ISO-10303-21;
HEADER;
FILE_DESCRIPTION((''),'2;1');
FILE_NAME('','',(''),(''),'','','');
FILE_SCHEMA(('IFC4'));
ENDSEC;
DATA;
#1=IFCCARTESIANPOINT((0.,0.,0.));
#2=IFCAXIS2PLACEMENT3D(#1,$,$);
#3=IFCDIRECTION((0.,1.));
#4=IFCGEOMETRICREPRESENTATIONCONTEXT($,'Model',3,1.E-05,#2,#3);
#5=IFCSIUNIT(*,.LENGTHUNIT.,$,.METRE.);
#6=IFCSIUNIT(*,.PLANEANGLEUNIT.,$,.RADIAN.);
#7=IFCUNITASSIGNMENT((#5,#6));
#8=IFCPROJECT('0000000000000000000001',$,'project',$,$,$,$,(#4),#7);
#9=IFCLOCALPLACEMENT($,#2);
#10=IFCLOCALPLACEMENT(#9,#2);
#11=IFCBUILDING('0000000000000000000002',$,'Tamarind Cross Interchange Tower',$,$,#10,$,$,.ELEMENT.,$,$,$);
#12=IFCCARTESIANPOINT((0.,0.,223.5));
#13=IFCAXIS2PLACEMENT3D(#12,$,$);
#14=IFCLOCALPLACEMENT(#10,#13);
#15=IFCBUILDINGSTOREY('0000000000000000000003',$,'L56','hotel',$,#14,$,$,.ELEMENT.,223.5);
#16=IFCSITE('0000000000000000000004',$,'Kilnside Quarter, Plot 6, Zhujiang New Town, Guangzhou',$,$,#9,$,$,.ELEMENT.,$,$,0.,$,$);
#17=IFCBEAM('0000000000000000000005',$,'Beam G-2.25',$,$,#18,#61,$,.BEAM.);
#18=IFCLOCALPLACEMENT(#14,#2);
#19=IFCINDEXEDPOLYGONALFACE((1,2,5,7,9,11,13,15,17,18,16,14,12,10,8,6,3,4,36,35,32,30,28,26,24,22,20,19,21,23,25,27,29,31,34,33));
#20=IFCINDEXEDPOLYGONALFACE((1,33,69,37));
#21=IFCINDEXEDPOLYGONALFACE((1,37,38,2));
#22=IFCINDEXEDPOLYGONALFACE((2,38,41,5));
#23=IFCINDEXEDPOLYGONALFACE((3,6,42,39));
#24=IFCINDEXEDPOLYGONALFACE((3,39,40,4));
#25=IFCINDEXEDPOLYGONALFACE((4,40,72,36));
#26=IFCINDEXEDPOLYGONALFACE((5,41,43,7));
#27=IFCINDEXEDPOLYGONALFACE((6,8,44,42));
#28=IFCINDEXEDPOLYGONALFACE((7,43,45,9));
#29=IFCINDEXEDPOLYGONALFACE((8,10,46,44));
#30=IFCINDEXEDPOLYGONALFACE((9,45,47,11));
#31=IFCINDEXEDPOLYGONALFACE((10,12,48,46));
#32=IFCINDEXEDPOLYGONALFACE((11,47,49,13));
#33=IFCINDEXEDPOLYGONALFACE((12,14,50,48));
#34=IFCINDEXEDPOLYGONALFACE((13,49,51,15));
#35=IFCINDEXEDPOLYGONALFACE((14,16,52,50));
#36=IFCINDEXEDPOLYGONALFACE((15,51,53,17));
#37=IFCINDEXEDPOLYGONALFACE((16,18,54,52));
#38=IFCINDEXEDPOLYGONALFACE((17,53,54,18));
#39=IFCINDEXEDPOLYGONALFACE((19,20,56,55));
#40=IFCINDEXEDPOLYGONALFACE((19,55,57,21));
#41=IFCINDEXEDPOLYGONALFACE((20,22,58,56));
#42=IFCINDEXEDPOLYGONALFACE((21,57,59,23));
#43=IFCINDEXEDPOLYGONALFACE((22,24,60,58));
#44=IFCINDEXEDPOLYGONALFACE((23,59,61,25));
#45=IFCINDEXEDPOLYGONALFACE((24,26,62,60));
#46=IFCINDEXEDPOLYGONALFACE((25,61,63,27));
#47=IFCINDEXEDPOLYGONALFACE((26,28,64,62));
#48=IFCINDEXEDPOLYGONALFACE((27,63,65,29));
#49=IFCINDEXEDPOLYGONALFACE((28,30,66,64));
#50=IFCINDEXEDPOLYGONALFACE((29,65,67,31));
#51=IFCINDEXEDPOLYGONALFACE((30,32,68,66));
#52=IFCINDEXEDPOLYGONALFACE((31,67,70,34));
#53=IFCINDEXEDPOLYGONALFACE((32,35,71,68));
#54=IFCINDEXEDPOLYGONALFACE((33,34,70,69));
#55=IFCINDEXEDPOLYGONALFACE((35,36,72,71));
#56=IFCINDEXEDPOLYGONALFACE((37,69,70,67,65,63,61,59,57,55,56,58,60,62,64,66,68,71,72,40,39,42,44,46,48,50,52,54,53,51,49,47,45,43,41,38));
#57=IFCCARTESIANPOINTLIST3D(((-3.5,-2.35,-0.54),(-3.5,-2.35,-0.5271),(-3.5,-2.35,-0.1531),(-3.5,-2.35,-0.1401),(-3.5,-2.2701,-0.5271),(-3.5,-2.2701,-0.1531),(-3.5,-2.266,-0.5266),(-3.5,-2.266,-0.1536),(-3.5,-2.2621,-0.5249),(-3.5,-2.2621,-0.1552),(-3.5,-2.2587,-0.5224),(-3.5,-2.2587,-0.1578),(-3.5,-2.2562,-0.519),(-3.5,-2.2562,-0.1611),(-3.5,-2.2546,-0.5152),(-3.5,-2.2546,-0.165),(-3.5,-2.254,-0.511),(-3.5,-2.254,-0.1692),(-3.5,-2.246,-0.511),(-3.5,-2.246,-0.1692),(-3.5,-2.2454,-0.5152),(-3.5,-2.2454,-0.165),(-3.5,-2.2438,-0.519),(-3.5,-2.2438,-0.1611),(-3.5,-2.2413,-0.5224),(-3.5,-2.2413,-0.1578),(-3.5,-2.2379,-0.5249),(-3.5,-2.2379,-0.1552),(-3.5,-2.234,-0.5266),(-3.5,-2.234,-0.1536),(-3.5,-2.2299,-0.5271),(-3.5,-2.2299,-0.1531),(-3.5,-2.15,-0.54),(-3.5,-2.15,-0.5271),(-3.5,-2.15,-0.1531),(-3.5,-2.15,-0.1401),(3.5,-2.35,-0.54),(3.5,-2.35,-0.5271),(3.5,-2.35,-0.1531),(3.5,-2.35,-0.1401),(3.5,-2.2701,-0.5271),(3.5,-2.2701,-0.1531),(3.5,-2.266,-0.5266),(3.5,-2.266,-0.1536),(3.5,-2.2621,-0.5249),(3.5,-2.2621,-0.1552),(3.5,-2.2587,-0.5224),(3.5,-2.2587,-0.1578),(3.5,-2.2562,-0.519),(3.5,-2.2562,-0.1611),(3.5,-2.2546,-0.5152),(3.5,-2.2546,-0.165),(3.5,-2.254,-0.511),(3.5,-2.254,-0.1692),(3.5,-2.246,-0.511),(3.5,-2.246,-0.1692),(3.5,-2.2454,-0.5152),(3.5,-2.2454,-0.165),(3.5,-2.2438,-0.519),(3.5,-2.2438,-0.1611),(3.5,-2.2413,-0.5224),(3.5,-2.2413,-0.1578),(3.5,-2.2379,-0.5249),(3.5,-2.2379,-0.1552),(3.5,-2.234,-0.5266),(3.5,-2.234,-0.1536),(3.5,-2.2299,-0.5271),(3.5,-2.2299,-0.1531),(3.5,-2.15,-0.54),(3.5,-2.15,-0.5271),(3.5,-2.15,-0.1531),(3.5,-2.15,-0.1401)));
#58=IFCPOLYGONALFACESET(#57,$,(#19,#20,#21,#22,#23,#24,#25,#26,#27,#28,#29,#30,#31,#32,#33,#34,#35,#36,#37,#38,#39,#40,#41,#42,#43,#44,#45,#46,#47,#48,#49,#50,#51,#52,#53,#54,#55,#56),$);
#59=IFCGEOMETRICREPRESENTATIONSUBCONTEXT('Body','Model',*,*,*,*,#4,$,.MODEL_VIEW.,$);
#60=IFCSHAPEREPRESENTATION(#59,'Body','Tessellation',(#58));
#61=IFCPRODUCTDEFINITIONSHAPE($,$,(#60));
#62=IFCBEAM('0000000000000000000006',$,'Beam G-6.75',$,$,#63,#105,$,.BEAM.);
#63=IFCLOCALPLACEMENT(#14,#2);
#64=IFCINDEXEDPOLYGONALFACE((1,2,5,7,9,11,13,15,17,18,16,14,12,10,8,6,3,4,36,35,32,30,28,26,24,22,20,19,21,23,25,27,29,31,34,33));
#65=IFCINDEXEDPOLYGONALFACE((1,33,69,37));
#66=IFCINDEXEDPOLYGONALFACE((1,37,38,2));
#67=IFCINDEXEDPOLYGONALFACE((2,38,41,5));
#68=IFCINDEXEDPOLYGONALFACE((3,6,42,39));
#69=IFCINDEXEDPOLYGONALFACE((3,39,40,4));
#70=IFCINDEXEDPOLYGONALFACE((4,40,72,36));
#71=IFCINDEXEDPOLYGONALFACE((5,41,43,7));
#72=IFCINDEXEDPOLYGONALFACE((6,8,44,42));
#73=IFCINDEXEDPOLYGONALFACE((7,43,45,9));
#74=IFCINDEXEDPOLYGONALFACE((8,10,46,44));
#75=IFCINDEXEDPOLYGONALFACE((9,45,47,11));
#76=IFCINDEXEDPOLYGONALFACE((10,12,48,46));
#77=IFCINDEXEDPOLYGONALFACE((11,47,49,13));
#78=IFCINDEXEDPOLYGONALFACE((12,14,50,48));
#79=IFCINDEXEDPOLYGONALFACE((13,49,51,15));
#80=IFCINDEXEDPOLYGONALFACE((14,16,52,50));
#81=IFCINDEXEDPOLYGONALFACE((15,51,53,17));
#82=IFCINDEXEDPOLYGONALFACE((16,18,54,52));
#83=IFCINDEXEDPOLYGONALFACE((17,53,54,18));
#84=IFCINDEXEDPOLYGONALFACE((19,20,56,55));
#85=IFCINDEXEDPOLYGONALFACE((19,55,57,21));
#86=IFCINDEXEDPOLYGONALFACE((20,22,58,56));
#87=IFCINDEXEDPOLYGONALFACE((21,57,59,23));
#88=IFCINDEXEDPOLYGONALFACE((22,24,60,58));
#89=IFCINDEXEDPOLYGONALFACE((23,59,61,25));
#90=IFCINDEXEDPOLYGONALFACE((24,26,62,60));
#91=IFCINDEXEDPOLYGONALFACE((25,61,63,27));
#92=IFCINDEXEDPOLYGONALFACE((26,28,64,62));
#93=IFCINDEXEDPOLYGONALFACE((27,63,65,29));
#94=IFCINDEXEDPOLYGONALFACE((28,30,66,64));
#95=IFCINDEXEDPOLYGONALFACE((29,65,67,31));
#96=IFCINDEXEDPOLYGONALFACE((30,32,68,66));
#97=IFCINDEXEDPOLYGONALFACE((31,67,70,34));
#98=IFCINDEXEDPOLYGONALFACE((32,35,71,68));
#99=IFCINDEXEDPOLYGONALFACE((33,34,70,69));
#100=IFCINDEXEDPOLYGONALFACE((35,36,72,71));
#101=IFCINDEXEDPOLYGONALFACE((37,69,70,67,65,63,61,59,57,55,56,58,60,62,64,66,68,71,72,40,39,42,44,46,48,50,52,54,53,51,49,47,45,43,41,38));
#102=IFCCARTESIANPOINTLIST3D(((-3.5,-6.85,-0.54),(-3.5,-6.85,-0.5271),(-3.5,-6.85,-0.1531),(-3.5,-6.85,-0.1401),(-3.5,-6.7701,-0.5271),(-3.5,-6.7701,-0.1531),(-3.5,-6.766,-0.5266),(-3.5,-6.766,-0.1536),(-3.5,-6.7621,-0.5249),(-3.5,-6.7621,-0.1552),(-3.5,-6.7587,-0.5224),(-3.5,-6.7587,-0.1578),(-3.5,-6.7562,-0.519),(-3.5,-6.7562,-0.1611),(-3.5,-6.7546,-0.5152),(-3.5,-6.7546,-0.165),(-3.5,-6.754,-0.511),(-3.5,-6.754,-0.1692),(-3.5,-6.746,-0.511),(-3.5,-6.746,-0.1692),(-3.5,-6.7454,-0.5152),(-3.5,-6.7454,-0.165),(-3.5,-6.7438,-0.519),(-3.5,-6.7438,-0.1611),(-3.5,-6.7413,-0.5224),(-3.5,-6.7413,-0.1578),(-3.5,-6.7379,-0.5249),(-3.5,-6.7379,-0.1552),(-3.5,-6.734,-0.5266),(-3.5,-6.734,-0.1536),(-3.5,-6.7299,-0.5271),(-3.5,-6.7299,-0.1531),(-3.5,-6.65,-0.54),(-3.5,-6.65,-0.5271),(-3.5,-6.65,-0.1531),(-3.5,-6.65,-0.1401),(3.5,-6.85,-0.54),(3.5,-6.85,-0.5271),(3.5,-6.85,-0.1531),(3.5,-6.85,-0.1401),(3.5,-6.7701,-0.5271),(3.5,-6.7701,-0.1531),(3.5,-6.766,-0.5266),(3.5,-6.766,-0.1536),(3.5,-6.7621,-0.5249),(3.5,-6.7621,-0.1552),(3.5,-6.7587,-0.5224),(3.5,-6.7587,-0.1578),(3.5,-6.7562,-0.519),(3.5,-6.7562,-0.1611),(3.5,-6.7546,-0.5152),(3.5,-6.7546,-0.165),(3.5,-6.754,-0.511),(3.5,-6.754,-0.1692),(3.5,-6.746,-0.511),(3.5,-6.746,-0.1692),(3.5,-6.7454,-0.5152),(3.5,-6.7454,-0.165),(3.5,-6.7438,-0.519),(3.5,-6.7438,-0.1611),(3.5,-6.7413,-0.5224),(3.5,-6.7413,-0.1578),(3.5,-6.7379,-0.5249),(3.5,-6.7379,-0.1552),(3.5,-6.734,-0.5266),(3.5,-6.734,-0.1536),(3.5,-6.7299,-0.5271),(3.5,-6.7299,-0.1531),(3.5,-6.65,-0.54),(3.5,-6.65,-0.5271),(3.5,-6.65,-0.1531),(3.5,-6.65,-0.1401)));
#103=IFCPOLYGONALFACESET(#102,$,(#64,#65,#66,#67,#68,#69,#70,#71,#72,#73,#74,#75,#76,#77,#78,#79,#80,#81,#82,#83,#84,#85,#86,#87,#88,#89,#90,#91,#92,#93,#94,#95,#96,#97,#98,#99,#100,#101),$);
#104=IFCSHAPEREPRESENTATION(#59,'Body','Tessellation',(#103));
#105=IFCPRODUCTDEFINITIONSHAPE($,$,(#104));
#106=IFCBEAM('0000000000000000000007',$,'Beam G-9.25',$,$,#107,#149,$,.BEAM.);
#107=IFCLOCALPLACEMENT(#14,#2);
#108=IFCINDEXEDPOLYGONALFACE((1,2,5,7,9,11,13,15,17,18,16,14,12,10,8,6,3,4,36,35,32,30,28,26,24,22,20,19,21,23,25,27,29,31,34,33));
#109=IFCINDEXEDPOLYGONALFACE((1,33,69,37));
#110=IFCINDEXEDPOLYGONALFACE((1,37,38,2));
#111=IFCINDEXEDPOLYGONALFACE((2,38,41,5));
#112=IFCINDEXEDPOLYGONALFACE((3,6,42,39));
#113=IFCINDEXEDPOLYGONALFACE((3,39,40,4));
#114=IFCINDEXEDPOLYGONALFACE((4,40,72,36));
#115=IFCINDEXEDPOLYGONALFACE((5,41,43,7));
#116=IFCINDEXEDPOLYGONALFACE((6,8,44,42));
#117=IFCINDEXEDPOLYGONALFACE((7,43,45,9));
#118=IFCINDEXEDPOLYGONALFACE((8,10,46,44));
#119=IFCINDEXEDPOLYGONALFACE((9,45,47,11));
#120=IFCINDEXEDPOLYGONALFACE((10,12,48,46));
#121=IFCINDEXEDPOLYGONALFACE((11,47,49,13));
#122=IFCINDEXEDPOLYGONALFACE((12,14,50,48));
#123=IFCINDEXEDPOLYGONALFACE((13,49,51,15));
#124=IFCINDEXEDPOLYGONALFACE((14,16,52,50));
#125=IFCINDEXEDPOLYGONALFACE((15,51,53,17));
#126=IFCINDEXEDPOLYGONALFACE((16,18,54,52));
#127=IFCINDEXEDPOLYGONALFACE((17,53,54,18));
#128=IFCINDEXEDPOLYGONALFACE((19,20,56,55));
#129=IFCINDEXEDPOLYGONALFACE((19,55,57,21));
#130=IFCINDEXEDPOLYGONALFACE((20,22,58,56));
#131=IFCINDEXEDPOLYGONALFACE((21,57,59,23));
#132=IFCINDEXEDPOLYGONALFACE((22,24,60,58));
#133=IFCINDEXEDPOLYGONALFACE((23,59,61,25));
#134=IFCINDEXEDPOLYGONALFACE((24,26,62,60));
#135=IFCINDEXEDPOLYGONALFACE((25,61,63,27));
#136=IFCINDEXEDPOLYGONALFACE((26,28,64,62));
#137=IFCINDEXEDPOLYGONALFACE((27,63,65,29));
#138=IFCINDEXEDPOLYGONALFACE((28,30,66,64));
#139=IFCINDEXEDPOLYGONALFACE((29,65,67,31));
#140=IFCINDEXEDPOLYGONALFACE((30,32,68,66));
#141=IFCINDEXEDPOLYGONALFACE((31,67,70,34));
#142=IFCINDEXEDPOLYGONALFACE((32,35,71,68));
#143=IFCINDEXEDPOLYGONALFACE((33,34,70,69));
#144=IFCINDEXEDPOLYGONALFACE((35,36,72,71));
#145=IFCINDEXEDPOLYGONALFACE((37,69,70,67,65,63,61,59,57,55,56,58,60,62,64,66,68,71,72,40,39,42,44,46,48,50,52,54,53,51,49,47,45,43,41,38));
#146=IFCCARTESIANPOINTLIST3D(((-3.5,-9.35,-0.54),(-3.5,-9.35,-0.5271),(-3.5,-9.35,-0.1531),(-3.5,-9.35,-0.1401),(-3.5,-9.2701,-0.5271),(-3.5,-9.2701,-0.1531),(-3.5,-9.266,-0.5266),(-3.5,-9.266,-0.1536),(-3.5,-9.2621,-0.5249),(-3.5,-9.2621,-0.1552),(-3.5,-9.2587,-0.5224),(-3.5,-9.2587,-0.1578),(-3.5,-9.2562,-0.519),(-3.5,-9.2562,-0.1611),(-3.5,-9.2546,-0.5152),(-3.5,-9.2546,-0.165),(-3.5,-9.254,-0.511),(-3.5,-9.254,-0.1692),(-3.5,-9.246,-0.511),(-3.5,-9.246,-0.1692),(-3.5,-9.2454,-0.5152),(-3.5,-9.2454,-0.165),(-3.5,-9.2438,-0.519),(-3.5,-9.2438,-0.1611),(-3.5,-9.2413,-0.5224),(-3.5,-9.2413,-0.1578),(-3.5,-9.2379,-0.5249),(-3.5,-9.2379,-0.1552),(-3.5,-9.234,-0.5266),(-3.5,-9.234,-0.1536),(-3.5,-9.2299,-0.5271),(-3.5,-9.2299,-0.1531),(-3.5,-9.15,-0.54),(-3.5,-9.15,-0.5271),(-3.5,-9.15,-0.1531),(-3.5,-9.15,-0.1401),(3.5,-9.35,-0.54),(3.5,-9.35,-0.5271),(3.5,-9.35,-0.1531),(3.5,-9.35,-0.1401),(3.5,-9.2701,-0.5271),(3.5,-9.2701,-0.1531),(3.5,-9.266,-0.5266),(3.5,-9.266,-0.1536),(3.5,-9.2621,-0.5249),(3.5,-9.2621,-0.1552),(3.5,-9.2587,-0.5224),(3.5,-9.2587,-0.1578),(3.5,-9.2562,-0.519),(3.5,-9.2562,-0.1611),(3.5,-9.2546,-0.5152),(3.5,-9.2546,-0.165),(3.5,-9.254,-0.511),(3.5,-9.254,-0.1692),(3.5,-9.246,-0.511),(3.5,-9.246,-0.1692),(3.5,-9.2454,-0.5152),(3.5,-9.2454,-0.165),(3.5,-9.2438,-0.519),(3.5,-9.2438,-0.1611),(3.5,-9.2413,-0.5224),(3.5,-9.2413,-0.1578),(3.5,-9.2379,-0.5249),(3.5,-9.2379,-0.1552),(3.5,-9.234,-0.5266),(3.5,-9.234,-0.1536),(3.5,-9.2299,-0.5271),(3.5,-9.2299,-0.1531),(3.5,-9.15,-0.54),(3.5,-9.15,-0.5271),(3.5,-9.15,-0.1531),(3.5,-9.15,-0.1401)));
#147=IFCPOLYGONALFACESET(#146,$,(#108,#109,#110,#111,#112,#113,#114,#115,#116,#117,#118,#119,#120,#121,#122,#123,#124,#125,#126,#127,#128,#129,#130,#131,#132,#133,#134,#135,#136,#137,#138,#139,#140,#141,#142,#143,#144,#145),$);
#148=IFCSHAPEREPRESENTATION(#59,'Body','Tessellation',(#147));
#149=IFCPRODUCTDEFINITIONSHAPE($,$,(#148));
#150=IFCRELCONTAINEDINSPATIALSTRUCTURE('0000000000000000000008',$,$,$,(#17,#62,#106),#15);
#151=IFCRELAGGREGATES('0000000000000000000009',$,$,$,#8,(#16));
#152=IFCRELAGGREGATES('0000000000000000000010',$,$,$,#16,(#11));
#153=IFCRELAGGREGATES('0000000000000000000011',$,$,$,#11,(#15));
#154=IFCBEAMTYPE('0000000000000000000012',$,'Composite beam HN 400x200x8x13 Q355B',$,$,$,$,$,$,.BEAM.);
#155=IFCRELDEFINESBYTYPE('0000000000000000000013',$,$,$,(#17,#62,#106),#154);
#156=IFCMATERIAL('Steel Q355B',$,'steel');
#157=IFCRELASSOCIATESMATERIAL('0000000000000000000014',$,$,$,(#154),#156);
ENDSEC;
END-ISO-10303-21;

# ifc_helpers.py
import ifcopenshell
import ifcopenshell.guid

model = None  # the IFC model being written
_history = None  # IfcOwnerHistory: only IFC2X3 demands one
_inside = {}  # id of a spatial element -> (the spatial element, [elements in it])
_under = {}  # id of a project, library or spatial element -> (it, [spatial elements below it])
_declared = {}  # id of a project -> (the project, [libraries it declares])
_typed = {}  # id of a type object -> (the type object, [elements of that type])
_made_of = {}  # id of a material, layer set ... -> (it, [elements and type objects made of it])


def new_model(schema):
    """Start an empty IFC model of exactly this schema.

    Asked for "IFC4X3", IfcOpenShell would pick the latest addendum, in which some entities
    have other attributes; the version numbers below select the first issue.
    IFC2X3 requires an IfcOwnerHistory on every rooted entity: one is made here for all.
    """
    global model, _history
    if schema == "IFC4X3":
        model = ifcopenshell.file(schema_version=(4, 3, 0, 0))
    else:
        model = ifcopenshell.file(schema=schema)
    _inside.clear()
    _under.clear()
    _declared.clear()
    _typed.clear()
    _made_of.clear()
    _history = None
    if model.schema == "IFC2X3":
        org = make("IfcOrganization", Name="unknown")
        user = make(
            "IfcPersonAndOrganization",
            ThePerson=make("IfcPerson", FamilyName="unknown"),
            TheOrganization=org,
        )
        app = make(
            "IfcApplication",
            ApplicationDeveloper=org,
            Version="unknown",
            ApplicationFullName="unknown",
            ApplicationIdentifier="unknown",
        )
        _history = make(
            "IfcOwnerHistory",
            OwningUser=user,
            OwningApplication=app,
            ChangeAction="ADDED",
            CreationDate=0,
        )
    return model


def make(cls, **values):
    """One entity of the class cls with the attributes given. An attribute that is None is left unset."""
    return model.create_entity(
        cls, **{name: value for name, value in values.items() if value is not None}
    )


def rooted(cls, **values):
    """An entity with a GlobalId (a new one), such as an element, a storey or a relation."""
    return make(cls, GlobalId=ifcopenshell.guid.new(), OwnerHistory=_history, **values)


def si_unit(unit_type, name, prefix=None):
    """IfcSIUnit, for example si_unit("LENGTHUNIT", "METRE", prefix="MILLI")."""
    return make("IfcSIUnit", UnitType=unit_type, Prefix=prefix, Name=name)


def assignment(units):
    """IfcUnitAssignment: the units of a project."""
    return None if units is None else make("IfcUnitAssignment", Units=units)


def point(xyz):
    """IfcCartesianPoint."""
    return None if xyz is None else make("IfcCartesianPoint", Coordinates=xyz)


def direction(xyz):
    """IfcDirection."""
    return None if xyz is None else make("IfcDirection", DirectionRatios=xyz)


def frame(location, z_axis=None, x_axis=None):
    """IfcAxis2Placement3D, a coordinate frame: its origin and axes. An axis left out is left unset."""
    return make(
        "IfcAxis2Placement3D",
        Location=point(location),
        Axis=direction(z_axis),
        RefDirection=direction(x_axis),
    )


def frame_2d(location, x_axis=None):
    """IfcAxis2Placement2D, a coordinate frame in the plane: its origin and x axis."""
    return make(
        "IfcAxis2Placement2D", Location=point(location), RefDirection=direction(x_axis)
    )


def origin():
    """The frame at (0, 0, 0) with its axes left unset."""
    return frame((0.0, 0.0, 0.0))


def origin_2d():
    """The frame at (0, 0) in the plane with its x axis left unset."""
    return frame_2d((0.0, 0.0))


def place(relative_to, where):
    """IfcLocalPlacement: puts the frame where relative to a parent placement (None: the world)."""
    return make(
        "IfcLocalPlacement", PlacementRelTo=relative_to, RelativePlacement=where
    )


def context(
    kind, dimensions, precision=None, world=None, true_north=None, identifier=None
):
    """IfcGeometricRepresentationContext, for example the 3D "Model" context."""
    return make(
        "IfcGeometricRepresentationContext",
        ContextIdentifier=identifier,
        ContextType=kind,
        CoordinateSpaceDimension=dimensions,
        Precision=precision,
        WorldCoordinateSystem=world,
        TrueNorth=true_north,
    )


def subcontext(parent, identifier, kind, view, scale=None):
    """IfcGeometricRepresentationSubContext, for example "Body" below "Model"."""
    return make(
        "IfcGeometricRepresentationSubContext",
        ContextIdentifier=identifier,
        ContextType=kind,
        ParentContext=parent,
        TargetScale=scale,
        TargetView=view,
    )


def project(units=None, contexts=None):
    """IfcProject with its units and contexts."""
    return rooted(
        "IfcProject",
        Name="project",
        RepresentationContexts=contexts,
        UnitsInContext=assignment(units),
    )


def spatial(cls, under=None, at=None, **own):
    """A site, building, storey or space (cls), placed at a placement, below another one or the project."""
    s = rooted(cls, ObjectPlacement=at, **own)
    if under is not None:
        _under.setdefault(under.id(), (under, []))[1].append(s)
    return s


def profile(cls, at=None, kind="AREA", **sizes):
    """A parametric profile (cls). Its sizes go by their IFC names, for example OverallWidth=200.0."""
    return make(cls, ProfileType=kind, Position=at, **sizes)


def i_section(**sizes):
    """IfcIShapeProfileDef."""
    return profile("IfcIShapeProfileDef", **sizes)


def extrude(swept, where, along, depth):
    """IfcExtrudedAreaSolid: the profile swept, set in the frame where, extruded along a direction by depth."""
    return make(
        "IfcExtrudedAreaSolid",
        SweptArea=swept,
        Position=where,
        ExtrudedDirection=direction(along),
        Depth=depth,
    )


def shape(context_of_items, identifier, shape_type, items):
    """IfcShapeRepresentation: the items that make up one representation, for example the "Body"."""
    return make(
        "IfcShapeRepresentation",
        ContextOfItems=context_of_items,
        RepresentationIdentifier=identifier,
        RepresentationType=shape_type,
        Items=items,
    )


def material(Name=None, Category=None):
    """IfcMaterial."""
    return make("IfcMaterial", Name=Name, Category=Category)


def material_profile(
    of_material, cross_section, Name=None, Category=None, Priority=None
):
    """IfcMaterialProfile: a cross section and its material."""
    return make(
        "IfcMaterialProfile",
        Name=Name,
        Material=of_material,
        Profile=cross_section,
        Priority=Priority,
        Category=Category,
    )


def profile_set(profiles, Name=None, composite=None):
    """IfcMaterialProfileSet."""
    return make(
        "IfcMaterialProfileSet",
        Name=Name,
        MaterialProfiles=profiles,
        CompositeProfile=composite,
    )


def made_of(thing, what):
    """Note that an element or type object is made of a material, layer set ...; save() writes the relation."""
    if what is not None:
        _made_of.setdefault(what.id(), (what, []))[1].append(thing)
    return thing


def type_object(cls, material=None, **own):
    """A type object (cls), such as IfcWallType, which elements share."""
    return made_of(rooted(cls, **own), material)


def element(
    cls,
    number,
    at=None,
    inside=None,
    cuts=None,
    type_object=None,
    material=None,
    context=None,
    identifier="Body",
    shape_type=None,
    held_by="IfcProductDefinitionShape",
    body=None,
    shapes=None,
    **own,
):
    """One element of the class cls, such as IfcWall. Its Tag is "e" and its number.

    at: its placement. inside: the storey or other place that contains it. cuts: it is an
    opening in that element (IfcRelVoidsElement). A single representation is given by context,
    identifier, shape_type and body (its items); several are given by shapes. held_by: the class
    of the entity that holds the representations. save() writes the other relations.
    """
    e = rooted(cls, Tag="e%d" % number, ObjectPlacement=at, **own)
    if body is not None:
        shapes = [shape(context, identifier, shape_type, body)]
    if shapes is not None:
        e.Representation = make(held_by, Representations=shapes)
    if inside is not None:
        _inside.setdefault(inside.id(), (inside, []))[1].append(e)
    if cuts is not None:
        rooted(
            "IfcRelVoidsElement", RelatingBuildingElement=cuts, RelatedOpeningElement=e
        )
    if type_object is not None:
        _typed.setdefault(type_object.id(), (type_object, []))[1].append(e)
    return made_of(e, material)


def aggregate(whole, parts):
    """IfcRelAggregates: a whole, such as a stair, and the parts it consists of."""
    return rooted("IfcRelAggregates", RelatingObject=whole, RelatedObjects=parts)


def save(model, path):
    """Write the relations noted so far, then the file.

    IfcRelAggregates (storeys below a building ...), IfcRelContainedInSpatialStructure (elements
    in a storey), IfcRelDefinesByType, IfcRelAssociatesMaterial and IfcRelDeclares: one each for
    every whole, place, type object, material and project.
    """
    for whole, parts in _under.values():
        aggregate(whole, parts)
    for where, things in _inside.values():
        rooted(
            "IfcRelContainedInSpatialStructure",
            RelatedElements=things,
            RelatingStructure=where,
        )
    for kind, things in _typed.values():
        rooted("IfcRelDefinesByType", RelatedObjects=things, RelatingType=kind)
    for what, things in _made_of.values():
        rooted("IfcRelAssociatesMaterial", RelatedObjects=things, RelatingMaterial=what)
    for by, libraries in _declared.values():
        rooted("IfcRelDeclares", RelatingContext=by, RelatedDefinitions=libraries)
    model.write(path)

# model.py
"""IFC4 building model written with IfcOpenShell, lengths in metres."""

from ifc_helpers import new_model, si_unit, direction, frame, origin, origin_2d, place, context, subcontext, project, spatial, i_section, extrude, material, material_profile, profile_set, type_object, element, save


model = new_model("IFC4")

# Units and contexts
model_context = context("Model", 3, precision=1e-05, world=origin(), true_north=direction((0.0, 1.0)))
body_context = subcontext(model_context, "Body", "Model", "MODEL_VIEW")
ifc_project = project(units=[si_unit("LENGTHUNIT", "METRE"), si_unit("PLANEANGLEUNIT", "RADIAN")], contexts=[model_context])

# Site, building, storey
site_placement = place(None, origin())
site = spatial("IfcSite", under=ifc_project, at=site_placement, Name="Kilnside Quarter, Plot 6, Zhujiang New Town, Guangzhou", CompositionType="ELEMENT", RefElevation=0.0)
building_placement = place(site_placement, origin())
building = spatial("IfcBuilding", under=site, at=building_placement, Name="Tamarind Cross Interchange Tower", CompositionType="ELEMENT")
storey_placement = place(building_placement, frame((0.0, 0.0, 223.5)))
storey = spatial("IfcBuildingStorey", under=building, at=storey_placement, Name="L56", Description="hotel", CompositionType="ELEMENT", Elevation=223.5)

# Beams
ifc_material_1 = material(Name="Steel Q355B", Category="steel")
ifc_material_profile = material_profile(ifc_material_1, i_section(OverallWidth=0.2, OverallDepth=0.3999, WebThickness=0.0081, FlangeThickness=0.0129, FilletRadius=0.0161, at=origin_2d()), Name="HN 400x200x8x13")
ifc_profile_set = profile_set([ifc_material_profile], Name="Steel Q355B")
beam_type = type_object("IfcBeamType", Name="Composite beam HN 400x200x8x13 Q355B", PredefinedType="BEAM", material=ifc_profile_set)
for number, where, z_axis, x_axis, name in (
    (1, (-3.5, -2.25, -0.3401), (1.0, 0.0, 0.0), (0.0, 1.0, 0.0), "Beam G-2.25"),
    (2, (-3.5, -6.75, -0.3401), (1.0, 0.0, 0.0), (0.0, 1.0, 0.0), "Beam G-6.75"),
    (3, (-3.5, -9.25, -0.3401), (1.0, 0.0, 0.0), (0.0, 1.0, 0.0), "Beam G-9.25"),
):
    element("IfcBeam", number, at=place(storey_placement, frame(where, z_axis=z_axis, x_axis=x_axis)), inside=storey, type_object=beam_type, Name=name, PredefinedType="BEAM", context=body_context, shape_type="SweptSolid", body=[
        extrude(i_section(OverallWidth=0.2, OverallDepth=0.3999, WebThickness=0.0081, FlangeThickness=0.0129, FilletRadius=0.0161, at=origin_2d()), origin(), (0.0, 0.0, 1.0), 7.0),
    ])

save(model, "model.ifc")
